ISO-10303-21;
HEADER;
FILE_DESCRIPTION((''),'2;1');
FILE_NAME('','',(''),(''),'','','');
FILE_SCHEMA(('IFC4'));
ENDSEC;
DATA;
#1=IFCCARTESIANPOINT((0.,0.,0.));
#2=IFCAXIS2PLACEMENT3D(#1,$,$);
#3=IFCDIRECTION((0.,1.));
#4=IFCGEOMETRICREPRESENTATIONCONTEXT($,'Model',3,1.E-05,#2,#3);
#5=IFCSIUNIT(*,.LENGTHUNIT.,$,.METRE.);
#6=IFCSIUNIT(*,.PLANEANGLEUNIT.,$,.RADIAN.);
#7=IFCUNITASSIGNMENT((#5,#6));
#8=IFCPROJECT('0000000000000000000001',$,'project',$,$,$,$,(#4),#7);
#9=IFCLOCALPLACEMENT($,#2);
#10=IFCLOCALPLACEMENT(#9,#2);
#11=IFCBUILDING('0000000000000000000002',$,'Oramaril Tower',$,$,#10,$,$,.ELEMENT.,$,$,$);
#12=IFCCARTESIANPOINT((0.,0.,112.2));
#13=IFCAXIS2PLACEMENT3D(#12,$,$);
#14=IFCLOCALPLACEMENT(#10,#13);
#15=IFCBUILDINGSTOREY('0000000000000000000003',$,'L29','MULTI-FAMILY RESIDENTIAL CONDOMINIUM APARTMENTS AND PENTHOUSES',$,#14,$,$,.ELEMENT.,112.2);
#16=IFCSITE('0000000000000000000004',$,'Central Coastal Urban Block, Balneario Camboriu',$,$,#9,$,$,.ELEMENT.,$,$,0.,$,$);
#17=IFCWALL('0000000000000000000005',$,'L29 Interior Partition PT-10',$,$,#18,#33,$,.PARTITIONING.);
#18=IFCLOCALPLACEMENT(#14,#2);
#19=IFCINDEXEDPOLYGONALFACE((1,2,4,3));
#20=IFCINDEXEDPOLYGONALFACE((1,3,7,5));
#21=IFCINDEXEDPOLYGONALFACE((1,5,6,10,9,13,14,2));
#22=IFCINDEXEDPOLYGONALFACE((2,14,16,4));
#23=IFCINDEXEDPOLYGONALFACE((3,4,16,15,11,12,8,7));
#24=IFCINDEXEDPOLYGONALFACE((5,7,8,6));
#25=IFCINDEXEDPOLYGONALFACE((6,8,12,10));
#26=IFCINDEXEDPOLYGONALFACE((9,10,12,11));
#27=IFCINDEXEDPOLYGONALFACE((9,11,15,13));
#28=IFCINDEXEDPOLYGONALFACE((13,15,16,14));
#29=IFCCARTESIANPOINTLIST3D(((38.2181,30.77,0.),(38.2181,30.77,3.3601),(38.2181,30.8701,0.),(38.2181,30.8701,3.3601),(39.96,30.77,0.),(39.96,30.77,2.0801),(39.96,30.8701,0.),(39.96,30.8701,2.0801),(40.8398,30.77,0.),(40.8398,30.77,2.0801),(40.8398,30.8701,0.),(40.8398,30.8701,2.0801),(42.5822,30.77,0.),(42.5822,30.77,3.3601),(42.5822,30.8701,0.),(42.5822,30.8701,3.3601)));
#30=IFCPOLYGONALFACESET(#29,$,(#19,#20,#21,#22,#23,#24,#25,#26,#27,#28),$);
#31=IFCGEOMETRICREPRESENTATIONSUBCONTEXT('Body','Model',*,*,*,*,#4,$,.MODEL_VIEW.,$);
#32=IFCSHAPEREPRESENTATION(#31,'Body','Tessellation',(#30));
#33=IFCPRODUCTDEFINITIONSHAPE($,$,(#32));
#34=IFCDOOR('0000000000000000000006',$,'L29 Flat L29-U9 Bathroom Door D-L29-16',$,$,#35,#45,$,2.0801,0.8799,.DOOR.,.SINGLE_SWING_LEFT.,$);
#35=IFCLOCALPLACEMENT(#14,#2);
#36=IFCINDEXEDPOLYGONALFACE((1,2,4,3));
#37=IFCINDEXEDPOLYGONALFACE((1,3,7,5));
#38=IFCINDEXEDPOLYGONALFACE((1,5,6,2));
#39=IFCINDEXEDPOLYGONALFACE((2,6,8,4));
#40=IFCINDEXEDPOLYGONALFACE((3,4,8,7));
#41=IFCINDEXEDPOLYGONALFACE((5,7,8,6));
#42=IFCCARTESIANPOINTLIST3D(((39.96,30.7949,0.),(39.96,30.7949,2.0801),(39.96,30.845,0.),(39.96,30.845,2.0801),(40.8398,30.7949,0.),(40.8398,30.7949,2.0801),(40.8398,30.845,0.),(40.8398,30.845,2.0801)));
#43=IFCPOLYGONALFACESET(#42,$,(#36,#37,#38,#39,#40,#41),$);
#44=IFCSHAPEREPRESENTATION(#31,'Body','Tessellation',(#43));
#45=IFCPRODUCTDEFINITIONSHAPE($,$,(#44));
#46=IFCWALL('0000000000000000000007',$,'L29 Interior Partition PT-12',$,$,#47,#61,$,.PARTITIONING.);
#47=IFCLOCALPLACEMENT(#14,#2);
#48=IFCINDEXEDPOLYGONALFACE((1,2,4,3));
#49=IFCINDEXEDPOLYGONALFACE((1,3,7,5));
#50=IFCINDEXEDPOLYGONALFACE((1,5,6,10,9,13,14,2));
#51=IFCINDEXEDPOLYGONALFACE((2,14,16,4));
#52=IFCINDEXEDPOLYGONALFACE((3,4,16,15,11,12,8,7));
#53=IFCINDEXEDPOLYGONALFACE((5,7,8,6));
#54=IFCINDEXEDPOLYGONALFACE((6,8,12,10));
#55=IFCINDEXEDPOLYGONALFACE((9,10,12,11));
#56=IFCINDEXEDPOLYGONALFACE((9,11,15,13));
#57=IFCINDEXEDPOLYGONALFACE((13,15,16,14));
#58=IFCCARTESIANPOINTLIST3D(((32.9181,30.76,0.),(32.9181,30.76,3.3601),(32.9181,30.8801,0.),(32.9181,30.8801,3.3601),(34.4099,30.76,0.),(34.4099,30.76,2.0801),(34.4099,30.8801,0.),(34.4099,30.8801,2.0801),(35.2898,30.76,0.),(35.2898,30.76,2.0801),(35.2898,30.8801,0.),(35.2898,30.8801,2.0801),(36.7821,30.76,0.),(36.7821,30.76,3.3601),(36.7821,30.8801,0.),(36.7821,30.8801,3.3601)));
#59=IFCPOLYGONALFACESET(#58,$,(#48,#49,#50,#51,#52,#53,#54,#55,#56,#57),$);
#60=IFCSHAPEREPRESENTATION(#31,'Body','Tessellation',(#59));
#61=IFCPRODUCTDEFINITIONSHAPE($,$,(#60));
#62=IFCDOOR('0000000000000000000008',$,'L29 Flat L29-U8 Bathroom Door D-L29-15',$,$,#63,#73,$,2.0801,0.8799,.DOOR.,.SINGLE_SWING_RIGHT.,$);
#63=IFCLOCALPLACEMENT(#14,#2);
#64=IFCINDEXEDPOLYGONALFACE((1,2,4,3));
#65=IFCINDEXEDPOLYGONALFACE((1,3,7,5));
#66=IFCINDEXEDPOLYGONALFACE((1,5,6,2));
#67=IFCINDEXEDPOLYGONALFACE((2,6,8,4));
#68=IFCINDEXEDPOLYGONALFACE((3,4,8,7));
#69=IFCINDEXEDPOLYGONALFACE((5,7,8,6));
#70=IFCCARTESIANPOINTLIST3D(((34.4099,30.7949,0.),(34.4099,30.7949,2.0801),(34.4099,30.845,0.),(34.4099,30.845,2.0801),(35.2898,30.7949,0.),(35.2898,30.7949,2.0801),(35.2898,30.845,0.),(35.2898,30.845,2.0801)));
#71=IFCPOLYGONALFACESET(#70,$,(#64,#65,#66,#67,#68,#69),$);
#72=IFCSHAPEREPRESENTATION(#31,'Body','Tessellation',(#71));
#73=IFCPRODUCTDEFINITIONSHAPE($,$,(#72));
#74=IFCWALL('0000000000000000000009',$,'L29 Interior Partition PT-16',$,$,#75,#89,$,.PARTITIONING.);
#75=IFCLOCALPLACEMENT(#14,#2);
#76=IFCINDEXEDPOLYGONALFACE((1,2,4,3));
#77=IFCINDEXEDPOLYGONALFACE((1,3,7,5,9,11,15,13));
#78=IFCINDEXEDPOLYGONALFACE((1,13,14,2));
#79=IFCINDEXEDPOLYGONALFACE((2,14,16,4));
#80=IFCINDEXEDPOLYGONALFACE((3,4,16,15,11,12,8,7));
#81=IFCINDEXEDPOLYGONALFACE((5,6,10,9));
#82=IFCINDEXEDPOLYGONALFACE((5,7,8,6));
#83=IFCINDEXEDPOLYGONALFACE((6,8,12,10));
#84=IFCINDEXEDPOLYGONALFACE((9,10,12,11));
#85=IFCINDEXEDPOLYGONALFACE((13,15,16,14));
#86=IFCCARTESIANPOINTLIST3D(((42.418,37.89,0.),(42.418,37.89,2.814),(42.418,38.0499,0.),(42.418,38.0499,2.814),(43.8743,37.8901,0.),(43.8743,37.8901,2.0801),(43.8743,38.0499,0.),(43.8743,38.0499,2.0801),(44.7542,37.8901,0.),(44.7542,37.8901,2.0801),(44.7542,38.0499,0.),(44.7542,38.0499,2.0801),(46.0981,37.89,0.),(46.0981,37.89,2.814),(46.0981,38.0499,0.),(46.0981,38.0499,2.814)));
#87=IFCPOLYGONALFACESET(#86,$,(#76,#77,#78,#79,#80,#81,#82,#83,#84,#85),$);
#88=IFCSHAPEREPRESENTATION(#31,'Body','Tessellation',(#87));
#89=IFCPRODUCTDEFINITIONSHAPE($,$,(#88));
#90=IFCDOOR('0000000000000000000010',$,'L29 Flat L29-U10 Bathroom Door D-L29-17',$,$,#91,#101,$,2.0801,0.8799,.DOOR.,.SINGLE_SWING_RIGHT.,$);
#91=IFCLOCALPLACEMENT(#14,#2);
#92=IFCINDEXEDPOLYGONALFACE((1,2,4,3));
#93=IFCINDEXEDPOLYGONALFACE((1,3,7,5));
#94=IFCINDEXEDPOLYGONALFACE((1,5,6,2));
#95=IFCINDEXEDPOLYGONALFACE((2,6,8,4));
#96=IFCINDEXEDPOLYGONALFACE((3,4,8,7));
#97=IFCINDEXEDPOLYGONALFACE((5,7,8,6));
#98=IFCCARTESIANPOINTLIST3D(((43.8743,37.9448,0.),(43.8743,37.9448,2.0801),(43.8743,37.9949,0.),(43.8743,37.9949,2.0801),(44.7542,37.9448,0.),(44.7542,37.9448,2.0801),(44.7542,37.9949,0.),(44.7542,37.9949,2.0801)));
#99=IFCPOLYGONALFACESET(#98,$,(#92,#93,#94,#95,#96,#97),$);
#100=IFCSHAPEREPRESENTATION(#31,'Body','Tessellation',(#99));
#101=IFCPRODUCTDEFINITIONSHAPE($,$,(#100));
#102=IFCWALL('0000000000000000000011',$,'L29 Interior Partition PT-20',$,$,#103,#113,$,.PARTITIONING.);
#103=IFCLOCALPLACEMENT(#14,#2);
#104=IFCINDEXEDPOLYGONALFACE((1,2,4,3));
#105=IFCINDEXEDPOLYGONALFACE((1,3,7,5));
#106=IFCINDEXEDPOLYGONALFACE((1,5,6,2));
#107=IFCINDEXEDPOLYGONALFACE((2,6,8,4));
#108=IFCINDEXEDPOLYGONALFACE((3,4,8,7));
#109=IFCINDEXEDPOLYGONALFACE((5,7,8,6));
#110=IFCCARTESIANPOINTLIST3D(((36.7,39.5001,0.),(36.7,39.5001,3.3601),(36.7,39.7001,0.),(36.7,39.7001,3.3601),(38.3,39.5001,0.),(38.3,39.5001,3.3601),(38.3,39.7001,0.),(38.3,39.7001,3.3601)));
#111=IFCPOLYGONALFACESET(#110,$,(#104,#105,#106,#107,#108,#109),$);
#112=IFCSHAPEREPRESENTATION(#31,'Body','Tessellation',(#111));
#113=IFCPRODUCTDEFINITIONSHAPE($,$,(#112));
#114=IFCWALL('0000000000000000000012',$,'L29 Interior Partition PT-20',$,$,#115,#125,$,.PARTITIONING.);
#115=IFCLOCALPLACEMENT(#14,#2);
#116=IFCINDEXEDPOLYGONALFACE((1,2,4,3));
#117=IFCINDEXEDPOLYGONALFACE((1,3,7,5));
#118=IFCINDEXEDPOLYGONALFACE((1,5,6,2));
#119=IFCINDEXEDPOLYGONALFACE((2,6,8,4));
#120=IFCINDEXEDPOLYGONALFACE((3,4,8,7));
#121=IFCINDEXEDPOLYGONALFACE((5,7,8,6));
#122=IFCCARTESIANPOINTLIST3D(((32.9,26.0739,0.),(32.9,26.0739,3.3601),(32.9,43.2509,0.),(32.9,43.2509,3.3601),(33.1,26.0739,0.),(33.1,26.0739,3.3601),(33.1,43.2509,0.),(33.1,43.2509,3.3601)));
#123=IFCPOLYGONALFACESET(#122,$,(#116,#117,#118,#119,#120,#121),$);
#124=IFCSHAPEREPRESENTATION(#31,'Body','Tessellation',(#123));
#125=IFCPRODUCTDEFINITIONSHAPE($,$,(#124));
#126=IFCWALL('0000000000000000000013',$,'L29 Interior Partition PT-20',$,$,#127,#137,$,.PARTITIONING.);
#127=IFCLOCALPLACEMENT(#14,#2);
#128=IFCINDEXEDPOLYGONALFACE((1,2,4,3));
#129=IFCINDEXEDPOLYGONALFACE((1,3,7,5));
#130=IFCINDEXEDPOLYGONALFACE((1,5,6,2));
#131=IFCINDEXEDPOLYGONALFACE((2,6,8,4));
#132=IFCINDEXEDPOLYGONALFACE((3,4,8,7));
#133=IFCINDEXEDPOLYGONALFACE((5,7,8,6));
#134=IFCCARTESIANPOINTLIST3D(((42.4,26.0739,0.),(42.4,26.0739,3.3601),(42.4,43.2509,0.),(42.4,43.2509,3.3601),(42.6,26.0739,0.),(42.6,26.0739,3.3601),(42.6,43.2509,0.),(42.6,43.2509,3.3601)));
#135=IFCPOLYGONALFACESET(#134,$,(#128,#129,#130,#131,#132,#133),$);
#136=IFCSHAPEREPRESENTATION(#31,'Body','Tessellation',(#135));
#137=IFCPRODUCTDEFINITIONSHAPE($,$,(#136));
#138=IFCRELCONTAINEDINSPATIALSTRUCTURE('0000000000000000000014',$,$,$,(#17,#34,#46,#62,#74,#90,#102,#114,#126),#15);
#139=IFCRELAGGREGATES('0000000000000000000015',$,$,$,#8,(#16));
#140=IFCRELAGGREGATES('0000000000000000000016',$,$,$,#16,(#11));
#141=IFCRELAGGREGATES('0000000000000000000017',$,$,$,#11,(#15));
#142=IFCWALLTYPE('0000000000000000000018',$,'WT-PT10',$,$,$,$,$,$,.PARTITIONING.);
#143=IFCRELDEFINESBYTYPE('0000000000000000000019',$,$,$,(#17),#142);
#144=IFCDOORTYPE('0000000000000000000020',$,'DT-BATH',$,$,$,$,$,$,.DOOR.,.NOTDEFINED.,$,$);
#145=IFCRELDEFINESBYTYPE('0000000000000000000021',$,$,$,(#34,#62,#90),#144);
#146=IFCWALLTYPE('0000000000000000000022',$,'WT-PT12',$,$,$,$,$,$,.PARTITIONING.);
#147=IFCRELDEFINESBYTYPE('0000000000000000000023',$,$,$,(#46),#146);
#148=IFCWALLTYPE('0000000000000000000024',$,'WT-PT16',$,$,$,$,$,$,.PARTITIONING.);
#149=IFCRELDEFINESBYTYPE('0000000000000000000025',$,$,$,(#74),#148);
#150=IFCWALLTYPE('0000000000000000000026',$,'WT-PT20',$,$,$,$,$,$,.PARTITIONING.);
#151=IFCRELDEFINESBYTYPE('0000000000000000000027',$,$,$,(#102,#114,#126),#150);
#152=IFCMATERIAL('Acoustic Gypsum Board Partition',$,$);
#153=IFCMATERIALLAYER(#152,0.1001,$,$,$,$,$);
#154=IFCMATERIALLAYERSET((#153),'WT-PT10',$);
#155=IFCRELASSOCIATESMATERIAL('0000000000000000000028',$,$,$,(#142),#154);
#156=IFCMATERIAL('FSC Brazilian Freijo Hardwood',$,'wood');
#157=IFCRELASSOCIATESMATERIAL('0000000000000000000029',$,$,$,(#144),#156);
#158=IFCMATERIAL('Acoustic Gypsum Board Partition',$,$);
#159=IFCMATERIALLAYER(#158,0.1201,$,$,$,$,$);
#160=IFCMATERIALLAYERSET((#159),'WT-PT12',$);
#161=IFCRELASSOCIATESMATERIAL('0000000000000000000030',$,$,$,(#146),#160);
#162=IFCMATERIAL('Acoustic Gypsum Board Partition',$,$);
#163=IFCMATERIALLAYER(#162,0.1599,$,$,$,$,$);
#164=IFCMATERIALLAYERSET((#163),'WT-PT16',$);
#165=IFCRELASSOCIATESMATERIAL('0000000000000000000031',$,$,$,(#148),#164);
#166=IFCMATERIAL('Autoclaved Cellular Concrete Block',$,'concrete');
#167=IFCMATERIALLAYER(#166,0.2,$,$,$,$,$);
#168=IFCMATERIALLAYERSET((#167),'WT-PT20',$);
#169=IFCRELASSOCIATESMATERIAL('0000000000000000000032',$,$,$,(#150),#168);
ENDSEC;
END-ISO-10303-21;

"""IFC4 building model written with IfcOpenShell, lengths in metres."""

from ifc_helpers import new_model, si_unit, direction, frame, frame_2d, origin, place, context, subcontext, project, spatial, rectangle, extrude, material, layer, layer_set, type_object, element, fill, save


model = new_model("IFC4")

# Units and contexts
model_context = context("Model", 3, precision=1e-05, world=origin(), true_north=direction((0.0, 1.0)))
body_context = subcontext(model_context, "Body", "Model", "MODEL_VIEW")
ifc_project = project(units=[si_unit("LENGTHUNIT", "METRE"), si_unit("PLANEANGLEUNIT", "RADIAN")], contexts=[model_context])

# Site, building, storey
site_placement = place(None, origin())
site = spatial("IfcSite", under=ifc_project, at=site_placement, Name="Central Coastal Urban Block, Balneario Camboriu", CompositionType="ELEMENT", RefElevation=0.0)
building_placement = place(site_placement, origin())
building = spatial("IfcBuilding", under=site, at=building_placement, Name="Oramaril Tower", CompositionType="ELEMENT")
storey_placement = place(building_placement, frame((0.0, 0.0, 112.2)))
storey = spatial("IfcBuildingStorey", under=building, at=storey_placement, Name="L29", Description="MULTI-FAMILY RESIDENTIAL CONDOMINIUM APARTMENTS AND PENTHOUSES", CompositionType="ELEMENT", Elevation=112.2)

# Walls, openings, doors
ifc_material_1 = material(Name="Acoustic Gypsum Board Partition")
ifc_layer_1 = layer(ifc_material_1, 0.1001)
ifc_layer_set_1 = layer_set([ifc_layer_1], Name="WT-PT10")
wall_type_1 = type_object("IfcWallType", Name="WT-PT10", PredefinedType="PARTITIONING", material=ifc_layer_set_1)
wall_1_placement = place(storey_placement, frame((38.218, 30.8201, 0.0), z_axis=(0.0, 0.0, 1.0), x_axis=(1.0, 0.0, 0.0)))
wall_1 = element("IfcWall", 1, at=wall_1_placement, inside=storey, type_object=wall_type_1, Name="L29 Interior Partition PT-10", PredefinedType="PARTITIONING", context=body_context, shape_type="SweptSolid", body=[
    extrude(rectangle(XDim=4.364, YDim=0.1001, at=frame_2d((2.1821, 0.0))), origin(), (0.0, 0.0, 1.0), 3.3601),
])
opening_1_placement = place(wall_1_placement, frame((1.7419, 0.0, 0.0)))
opening_1 = element("IfcOpeningElement", 2, at=opening_1_placement, cuts=wall_1, PredefinedType="OPENING", context=body_context, shape_type="SweptSolid", body=[
    extrude(rectangle(XDim=0.8799, YDim=2.0801, at=frame_2d((0.4399, 1.04))), frame((0.0, 0.05, 0.0), z_axis=(0.0, -1.0, 0.0), x_axis=(1.0, 0.0, 0.0)), (0.0, 0.0, 1.0), 0.1001),
])
ifc_material_2 = material(Name="FSC Brazilian Freijo Hardwood", Category="wood")
door_type_1 = type_object("IfcDoorType", Name="DT-BATH", OperationType="NOTDEFINED", PredefinedType="DOOR", material=ifc_material_2)
door_1_placement = place(opening_1_placement, origin())
door_1 = element("IfcDoor", 3, at=door_1_placement, inside=storey, type_object=door_type_1, Name="L29 Flat L29-U9 Bathroom Door D-L29-16", OperationType="SINGLE_SWING_LEFT", OverallHeight=2.0801, OverallWidth=0.8799, PredefinedType="DOOR", context=body_context, shape_type="SweptSolid", body=[
    extrude(rectangle(XDim=0.8799, YDim=2.0801, at=frame_2d((0.4399, 1.04))), frame((0.0, 0.0249, 0.0), z_axis=(0.0, -1.0, 0.0), x_axis=(1.0, 0.0, 0.0)), (0.0, 0.0, 1.0), 0.05),
])
fill(opening_1, door_1)
ifc_material_3 = material(Name="Acoustic Gypsum Board Partition")
ifc_layer_2 = layer(ifc_material_3, 0.1201)
ifc_layer_set_2 = layer_set([ifc_layer_2], Name="WT-PT12")
wall_type_2 = type_object("IfcWallType", Name="WT-PT12", PredefinedType="PARTITIONING", material=ifc_layer_set_2)
wall_2_placement = place(storey_placement, frame((32.918, 30.8201, 0.0), z_axis=(0.0, 0.0, 1.0), x_axis=(1.0, 0.0, 0.0)))
wall_2 = element("IfcWall", 4, at=wall_2_placement, inside=storey, type_object=wall_type_2, Name="L29 Interior Partition PT-12", PredefinedType="PARTITIONING", context=body_context, shape_type="SweptSolid", body=[
    extrude(rectangle(XDim=3.864, YDim=0.1201, at=frame_2d((1.9321, 0.0))), origin(), (0.0, 0.0, 1.0), 3.3601),
])
opening_2_placement = place(wall_2_placement, frame((1.4919, 0.0, 0.0)))
opening_2 = element("IfcOpeningElement", 5, at=opening_2_placement, cuts=wall_2, PredefinedType="OPENING", context=body_context, shape_type="SweptSolid", body=[
    extrude(rectangle(XDim=0.8799, YDim=2.0801, at=frame_2d((0.4399, 1.04))), frame((0.0, 0.0601, 0.0), z_axis=(0.0, -1.0, 0.0), x_axis=(1.0, 0.0, 0.0)), (0.0, 0.0, 1.0), 0.1201),
])
door_2_placement = place(opening_2_placement, origin())
door_2 = element("IfcDoor", 6, at=door_2_placement, inside=storey, type_object=door_type_1, Name="L29 Flat L29-U8 Bathroom Door D-L29-15", OperationType="SINGLE_SWING_RIGHT", OverallHeight=2.0801, OverallWidth=0.8799, PredefinedType="DOOR", context=body_context, shape_type="SweptSolid", body=[
    extrude(rectangle(XDim=0.8799, YDim=2.0801, at=frame_2d((0.4399, 1.04))), frame((0.0, 0.0249, 0.0), z_axis=(0.0, -1.0, 0.0), x_axis=(1.0, 0.0, 0.0)), (0.0, 0.0, 1.0), 0.05),
])
fill(opening_2, door_2)
ifc_material_4 = material(Name="Acoustic Gypsum Board Partition")
ifc_layer_3 = layer(ifc_material_4, 0.1599)
ifc_layer_set_3 = layer_set([ifc_layer_3], Name="WT-PT16")
wall_type_3 = type_object("IfcWallType", Name="WT-PT16", PredefinedType="PARTITIONING", material=ifc_layer_set_3)
wall_3_placement = place(storey_placement, frame((42.418, 37.97, 0.0), z_axis=(0.0, 0.0, 1.0), x_axis=(1.0, 0.0, 0.0)))
wall_3 = element("IfcWall", 7, at=wall_3_placement, inside=storey, type_object=wall_type_3, Name="L29 Interior Partition PT-16", PredefinedType="PARTITIONING", context=body_context, shape_type="SweptSolid", body=[
    extrude(rectangle(XDim=3.6802, YDim=0.1599, at=frame_2d((1.8401, 0.0))), origin(), (0.0, 0.0, 1.0), 2.814),
])
opening_3_placement = place(wall_3_placement, frame((1.4563, 0.0, 0.0)))
opening_3 = element("IfcOpeningElement", 8, at=opening_3_placement, cuts=wall_3, PredefinedType="OPENING", context=body_context, shape_type="SweptSolid", body=[
    extrude(rectangle(XDim=0.8799, YDim=2.0801, at=frame_2d((0.4399, 1.04))), frame((0.0, 0.0801, 0.0), z_axis=(0.0, -1.0, 0.0), x_axis=(1.0, 0.0, 0.0)), (0.0, 0.0, 1.0), 0.1599),
])
door_3_placement = place(opening_3_placement, origin())
door_3 = element("IfcDoor", 9, at=door_3_placement, inside=storey, type_object=door_type_1, Name="L29 Flat L29-U10 Bathroom Door D-L29-17", OperationType="SINGLE_SWING_RIGHT", OverallHeight=2.0801, OverallWidth=0.8799, PredefinedType="DOOR", context=body_context, shape_type="SweptSolid", body=[
    extrude(rectangle(XDim=0.8799, YDim=2.0801, at=frame_2d((0.4399, 1.04))), frame((0.0, 0.0249, 0.0), z_axis=(0.0, -1.0, 0.0), x_axis=(1.0, 0.0, 0.0)), (0.0, 0.0, 1.0), 0.05),
])
fill(opening_3, door_3)
ifc_material_5 = material(Name="Autoclaved Cellular Concrete Block", Category="concrete")
ifc_layer_4 = layer(ifc_material_5, 0.2)
ifc_layer_set_4 = layer_set([ifc_layer_4], Name="WT-PT20")
wall_type_4 = type_object("IfcWallType", Name="WT-PT20", PredefinedType="PARTITIONING", material=ifc_layer_set_4)

# Walls
wall_4_placement = place(storey_placement, frame((36.7, 39.6001, 0.0), z_axis=(0.0, 0.0, 1.0), x_axis=(1.0, 0.0, 0.0)))
element("IfcWall", 10, at=wall_4_placement, inside=storey, type_object=wall_type_4, Name="L29 Interior Partition PT-20", PredefinedType="PARTITIONING", context=body_context, shape_type="SweptSolid", body=[
    extrude(rectangle(XDim=1.6001, YDim=0.2, at=frame_2d((0.8, 0.0))), origin(), (0.0, 0.0, 1.0), 3.3601),
])
wall_5_placement = place(storey_placement, frame((33.0, 26.074, 0.0), z_axis=(0.0, 0.0, 1.0), x_axis=(0.0, 1.0, 0.0)))
element("IfcWall", 11, at=wall_5_placement, inside=storey, type_object=wall_type_4, Name="L29 Interior Partition PT-20", PredefinedType="PARTITIONING", context=body_context, shape_type="SweptSolid", body=[
    extrude(rectangle(XDim=17.177, YDim=0.2, at=frame_2d((8.5884, 0.0))), origin(), (0.0, 0.0, 1.0), 3.3601),
])

# Wall
wall_6_placement = place(storey_placement, frame((42.5, 26.074, 0.0), z_axis=(0.0, 0.0, 1.0), x_axis=(0.0, 1.0, 0.0)))
element("IfcWall", 12, at=wall_6_placement, inside=storey, type_object=wall_type_4, Name="L29 Interior Partition PT-20", PredefinedType="PARTITIONING", context=body_context, shape_type="SweptSolid", body=[
    extrude(rectangle(XDim=17.177, YDim=0.2, at=frame_2d((8.5884, 0.0))), origin(), (0.0, 0.0, 1.0), 3.3601),
])

save(model, "model.ifc")
